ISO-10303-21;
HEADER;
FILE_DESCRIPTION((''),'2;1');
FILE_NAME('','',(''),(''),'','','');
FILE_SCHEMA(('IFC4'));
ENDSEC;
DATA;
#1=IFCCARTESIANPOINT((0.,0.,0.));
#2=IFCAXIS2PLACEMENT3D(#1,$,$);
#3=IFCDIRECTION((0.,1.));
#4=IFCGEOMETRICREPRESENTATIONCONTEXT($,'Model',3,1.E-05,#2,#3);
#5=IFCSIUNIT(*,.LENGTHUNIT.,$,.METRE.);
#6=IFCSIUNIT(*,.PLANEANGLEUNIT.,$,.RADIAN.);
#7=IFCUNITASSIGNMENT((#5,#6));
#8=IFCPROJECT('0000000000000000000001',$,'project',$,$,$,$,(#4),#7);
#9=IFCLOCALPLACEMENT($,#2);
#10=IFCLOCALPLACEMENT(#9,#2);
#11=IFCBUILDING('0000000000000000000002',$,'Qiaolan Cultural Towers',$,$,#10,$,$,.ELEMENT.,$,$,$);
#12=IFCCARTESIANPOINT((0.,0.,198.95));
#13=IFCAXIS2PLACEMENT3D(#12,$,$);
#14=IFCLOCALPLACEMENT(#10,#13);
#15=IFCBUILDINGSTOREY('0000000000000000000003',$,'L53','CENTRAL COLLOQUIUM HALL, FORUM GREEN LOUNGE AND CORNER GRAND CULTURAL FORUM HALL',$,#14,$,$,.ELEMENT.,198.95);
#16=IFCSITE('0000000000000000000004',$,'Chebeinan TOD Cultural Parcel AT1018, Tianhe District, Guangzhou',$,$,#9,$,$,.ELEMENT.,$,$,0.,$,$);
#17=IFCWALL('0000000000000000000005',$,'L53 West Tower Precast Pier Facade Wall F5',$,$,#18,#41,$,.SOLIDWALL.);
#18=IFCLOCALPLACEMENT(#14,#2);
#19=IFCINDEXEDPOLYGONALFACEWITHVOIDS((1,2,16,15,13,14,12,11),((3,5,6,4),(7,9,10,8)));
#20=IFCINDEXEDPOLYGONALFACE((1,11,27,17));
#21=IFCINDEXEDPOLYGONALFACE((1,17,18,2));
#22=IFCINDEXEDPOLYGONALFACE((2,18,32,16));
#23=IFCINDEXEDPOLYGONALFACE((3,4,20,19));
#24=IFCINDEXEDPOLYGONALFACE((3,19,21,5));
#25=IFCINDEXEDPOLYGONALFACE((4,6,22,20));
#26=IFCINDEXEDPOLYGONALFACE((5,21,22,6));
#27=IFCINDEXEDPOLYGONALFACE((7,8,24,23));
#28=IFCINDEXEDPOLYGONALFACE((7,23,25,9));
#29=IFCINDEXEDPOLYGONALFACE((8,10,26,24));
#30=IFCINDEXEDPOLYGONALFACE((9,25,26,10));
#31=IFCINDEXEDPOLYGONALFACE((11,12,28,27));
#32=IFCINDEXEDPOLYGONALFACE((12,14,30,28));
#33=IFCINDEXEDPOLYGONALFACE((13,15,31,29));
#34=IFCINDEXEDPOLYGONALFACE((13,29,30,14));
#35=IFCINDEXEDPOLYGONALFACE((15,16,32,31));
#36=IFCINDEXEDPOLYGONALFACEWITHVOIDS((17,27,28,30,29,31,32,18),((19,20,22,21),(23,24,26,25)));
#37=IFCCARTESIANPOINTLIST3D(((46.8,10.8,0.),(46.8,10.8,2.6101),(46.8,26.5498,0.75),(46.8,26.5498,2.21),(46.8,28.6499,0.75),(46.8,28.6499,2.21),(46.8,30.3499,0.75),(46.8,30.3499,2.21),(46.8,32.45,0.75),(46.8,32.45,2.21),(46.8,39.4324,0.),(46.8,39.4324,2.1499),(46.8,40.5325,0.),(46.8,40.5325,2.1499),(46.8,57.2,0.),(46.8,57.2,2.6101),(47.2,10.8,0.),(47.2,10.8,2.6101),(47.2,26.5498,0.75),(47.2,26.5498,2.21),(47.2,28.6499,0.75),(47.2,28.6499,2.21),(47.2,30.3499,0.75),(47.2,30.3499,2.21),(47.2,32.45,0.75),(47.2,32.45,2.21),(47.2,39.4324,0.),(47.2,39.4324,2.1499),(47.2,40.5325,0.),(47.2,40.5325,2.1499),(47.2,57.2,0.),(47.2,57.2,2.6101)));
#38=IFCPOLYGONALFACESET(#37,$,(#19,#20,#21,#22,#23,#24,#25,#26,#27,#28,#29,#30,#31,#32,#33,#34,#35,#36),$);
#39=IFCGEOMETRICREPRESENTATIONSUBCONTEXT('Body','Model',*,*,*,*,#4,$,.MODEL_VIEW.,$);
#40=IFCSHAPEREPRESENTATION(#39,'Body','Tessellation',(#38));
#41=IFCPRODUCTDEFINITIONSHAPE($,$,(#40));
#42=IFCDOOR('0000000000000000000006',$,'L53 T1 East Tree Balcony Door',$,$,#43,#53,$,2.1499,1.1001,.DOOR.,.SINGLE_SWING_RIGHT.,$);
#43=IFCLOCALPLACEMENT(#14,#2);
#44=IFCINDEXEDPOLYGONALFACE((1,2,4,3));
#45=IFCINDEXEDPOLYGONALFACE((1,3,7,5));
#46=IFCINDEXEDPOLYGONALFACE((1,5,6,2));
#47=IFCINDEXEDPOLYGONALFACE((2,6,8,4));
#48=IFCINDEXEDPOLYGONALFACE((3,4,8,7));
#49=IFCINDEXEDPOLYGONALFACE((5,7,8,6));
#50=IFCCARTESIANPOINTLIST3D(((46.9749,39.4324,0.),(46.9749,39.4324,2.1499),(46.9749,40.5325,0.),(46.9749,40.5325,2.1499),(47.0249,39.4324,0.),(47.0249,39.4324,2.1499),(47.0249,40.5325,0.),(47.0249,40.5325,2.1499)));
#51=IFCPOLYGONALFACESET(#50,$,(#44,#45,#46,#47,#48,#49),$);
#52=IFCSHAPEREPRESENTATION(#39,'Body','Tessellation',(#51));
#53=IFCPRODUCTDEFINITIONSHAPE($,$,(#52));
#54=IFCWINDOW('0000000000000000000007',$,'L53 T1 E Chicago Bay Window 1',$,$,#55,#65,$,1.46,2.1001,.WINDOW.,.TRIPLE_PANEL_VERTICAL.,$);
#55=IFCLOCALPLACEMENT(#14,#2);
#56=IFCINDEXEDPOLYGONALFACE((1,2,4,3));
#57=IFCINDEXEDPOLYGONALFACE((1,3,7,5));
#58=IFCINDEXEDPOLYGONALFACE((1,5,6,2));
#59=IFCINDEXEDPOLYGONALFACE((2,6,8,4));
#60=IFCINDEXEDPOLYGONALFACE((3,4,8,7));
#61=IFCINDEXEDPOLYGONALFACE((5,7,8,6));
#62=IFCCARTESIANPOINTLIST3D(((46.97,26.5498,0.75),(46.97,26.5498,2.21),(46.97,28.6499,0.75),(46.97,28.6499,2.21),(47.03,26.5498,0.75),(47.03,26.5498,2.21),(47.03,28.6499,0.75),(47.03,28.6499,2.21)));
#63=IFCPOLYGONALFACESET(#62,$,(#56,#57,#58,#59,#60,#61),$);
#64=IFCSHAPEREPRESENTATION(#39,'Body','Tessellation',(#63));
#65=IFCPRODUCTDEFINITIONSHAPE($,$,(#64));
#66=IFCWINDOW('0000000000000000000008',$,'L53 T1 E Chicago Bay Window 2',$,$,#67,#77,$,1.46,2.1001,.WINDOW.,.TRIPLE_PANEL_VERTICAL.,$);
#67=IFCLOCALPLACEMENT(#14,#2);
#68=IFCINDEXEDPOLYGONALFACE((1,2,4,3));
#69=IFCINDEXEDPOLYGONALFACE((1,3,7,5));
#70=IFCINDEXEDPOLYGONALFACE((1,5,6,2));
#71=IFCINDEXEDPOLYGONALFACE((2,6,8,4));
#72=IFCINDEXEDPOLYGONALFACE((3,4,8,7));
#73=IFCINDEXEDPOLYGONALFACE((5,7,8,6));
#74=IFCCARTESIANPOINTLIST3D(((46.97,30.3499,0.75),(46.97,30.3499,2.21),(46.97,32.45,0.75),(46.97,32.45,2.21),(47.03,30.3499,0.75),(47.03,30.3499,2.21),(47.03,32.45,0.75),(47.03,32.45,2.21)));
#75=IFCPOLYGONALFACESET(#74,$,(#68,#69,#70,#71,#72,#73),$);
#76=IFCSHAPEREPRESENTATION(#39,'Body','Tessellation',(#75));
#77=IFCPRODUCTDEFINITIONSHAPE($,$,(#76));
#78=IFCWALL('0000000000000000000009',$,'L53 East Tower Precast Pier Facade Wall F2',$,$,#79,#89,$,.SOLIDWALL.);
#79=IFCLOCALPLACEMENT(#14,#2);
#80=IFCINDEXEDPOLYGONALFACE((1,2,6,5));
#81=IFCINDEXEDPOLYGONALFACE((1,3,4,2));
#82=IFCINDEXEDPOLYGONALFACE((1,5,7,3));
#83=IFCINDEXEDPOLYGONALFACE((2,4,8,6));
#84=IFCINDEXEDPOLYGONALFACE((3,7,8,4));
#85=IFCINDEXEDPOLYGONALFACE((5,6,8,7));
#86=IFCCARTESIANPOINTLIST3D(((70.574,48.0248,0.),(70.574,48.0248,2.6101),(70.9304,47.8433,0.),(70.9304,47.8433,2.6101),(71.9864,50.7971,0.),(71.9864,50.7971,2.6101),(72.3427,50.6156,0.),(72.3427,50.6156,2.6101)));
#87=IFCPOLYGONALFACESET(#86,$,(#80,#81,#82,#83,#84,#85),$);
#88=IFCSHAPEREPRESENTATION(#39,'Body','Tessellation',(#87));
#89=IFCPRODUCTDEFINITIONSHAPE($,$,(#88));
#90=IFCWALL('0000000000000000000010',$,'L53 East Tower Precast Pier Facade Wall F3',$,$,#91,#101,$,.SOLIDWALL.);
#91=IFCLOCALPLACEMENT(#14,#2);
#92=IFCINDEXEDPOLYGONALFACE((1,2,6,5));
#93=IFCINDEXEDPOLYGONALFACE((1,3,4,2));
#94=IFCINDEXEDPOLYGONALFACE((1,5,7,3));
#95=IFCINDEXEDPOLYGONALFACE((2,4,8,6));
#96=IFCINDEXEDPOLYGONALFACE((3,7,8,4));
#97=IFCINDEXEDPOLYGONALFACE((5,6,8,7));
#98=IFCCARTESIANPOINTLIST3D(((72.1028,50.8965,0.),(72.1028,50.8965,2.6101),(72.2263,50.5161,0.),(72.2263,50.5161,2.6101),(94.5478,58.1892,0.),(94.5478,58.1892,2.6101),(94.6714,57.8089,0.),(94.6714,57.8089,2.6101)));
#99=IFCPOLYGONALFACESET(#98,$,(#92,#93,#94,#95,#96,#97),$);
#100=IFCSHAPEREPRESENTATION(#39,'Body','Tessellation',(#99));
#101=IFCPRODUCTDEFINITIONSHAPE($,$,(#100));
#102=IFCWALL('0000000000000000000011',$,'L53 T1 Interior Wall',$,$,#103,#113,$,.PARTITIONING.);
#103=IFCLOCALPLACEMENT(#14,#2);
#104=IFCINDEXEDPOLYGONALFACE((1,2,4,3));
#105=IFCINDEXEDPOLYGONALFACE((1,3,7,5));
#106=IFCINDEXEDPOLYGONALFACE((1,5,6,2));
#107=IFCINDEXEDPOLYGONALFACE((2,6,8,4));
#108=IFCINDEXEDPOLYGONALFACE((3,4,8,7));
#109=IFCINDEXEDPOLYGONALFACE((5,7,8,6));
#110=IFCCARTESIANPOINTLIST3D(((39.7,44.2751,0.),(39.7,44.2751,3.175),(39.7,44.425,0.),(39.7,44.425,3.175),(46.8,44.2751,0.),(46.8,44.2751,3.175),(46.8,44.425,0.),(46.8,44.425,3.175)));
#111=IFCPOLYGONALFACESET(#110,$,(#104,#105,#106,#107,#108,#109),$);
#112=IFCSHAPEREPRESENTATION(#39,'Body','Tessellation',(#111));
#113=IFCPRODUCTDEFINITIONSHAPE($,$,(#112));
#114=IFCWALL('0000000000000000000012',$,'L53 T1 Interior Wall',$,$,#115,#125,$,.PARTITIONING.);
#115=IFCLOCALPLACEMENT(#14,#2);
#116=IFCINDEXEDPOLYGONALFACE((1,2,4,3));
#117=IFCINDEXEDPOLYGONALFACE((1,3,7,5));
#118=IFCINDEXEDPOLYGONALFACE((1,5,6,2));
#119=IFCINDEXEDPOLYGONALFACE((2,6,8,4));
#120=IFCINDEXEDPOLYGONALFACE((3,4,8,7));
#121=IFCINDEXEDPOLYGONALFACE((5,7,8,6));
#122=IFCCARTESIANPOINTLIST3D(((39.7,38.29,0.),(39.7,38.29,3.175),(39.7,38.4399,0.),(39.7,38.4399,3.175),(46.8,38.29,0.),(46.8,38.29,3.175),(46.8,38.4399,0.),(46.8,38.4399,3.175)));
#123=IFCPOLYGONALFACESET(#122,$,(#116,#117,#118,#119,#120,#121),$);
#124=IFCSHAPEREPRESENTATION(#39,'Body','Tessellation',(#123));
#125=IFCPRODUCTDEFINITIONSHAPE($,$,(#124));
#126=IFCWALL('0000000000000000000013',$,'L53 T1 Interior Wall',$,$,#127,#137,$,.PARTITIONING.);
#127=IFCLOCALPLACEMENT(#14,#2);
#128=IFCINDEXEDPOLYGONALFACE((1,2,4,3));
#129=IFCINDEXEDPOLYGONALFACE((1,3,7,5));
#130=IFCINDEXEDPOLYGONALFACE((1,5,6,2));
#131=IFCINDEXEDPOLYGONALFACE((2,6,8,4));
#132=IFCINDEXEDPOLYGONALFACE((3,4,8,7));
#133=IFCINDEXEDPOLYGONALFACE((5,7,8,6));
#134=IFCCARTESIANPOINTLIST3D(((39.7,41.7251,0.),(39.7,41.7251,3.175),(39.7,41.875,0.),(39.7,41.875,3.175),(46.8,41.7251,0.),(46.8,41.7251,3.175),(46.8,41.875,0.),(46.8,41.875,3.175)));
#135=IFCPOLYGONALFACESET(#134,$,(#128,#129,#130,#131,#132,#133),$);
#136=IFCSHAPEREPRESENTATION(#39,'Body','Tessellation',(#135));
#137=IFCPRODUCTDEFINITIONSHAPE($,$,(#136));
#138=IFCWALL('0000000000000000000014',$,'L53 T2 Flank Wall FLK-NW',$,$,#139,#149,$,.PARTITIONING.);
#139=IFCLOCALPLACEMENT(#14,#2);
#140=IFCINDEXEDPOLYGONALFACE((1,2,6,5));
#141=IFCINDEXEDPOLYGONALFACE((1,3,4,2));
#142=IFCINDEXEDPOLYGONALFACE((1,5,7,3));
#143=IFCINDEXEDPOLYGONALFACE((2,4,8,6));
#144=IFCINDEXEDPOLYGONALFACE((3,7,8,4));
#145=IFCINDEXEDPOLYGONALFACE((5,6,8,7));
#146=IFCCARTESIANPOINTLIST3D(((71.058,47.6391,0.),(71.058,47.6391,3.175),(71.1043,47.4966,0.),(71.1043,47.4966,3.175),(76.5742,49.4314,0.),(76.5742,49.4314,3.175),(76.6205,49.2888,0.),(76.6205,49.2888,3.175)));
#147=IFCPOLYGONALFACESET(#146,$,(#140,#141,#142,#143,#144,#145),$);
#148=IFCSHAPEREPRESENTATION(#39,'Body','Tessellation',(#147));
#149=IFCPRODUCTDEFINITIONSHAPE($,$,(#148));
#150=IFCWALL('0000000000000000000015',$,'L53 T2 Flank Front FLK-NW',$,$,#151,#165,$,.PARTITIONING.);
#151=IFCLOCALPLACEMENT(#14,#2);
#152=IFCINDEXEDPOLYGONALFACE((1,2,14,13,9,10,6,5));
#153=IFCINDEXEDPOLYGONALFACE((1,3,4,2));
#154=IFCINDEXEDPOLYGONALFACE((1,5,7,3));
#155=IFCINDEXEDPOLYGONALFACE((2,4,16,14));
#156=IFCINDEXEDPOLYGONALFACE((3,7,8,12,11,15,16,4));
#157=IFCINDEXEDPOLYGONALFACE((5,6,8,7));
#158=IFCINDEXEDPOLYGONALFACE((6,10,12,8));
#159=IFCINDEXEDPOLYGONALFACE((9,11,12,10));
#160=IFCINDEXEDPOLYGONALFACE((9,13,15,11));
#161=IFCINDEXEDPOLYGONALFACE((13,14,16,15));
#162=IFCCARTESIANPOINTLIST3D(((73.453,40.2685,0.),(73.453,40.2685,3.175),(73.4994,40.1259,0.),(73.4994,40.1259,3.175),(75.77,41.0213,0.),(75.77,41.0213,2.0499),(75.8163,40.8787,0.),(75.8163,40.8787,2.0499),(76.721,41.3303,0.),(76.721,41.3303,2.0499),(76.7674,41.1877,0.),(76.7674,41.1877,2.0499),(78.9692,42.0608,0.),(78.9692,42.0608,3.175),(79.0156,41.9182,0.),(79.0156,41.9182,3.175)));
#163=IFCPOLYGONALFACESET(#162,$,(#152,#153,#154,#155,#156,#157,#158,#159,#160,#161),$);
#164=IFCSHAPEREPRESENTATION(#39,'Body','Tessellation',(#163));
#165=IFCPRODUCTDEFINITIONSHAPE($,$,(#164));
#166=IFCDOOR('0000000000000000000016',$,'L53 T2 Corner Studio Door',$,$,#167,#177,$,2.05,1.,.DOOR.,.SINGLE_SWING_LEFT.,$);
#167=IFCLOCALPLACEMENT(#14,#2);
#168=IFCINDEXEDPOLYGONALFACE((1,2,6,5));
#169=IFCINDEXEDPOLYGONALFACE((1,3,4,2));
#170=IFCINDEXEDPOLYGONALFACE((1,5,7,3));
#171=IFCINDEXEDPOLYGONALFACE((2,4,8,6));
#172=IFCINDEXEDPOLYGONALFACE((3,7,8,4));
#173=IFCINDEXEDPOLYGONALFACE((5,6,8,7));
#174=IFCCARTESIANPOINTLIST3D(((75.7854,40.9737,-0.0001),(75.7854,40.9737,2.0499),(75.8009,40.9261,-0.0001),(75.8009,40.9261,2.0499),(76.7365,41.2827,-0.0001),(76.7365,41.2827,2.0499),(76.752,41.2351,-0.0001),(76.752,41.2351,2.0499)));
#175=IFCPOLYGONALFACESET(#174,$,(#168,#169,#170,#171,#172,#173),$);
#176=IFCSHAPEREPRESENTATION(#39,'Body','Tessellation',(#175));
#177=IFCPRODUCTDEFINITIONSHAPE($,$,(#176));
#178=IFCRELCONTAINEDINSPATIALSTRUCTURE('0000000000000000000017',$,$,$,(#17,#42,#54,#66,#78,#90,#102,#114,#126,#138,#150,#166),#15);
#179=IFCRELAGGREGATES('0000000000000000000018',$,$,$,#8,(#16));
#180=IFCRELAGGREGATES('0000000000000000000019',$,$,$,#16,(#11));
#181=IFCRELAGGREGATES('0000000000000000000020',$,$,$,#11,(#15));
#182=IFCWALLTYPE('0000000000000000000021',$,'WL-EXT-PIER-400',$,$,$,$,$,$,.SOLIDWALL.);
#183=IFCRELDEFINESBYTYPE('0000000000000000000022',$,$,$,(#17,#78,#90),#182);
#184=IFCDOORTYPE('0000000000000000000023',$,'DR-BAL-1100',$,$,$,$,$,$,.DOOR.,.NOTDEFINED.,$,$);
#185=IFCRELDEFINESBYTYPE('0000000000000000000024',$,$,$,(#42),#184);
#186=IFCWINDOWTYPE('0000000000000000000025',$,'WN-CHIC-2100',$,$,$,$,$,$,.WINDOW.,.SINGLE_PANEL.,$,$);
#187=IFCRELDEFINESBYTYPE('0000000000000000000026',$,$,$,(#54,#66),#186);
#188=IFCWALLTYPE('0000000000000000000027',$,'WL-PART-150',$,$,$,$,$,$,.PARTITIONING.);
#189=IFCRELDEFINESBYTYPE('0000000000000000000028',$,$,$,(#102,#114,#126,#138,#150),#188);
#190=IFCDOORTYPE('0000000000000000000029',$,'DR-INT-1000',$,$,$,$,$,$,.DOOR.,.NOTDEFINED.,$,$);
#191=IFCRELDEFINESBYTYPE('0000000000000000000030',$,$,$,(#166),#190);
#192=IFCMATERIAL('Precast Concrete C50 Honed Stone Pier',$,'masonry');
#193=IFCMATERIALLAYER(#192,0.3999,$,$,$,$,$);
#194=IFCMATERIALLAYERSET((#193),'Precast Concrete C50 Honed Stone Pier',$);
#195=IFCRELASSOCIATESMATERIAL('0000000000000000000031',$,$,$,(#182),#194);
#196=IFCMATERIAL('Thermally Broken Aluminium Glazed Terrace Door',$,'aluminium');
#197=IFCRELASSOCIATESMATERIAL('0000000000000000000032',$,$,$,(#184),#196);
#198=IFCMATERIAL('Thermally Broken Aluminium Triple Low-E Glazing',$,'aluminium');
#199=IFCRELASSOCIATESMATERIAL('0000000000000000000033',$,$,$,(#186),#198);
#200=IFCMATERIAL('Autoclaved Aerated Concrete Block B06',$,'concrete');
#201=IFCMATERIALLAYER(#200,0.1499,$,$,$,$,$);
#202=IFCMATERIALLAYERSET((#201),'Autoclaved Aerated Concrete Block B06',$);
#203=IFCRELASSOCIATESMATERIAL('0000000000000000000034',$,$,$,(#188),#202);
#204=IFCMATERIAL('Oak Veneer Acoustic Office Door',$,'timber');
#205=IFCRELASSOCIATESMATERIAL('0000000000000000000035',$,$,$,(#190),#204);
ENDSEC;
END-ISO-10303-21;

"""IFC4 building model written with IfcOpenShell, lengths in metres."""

from ifc_helpers import new_model, si_unit, direction, frame, frame_2d, origin, place, context, subcontext, project, spatial, rectangle, extrude, material, layer, layer_set, type_object, element, fill, save


model = new_model("IFC4")

# Units and contexts
model_context = context("Model", 3, precision=1e-05, world=origin(), true_north=direction((0.0, 1.0)))
body_context = subcontext(model_context, "Body", "Model", "MODEL_VIEW")
ifc_project = project(units=[si_unit("LENGTHUNIT", "METRE"), si_unit("PLANEANGLEUNIT", "RADIAN")], contexts=[model_context])

# Site, building, storey
site_placement = place(None, origin())
site = spatial("IfcSite", under=ifc_project, at=site_placement, Name="Chebeinan TOD Cultural Parcel AT1018, Tianhe District, Guangzhou", CompositionType="ELEMENT", RefElevation=0.0)
building_placement = place(site_placement, origin())
building = spatial("IfcBuilding", under=site, at=building_placement, Name="Qiaolan Cultural Towers", CompositionType="ELEMENT")
storey_placement = place(building_placement, frame((0.0, 0.0, 198.95)))
storey = spatial("IfcBuildingStorey", under=building, at=storey_placement, Name="L53", Description="CENTRAL COLLOQUIUM HALL, FORUM GREEN LOUNGE AND CORNER GRAND CULTURAL FORUM HALL", CompositionType="ELEMENT", Elevation=198.95)

# Shared definitions
ifc_material_1 = material(Name="Precast Concrete C50 Honed Stone Pier", Category="masonry")
ifc_layer_1 = layer(ifc_material_1, 0.3999)
ifc_layer_set_1 = layer_set([ifc_layer_1], Name="Precast Concrete C50 Honed Stone Pier")
wall_type_1 = type_object("IfcWallType", Name="WL-EXT-PIER-400", PredefinedType="SOLIDWALL", material=ifc_layer_set_1)

# Wall, openings, door, windows
wall_1_placement = place(storey_placement, frame((47.0, 57.2, 0.0), z_axis=(0.0, 0.0, 1.0), x_axis=(0.0, -1.0, 0.0)))
wall_1 = element("IfcWall", 1, at=wall_1_placement, inside=storey, type_object=wall_type_1, Name="L53 West Tower Precast Pier Facade Wall F5", PredefinedType="SOLIDWALL", context=body_context, shape_type="SweptSolid", body=[
    extrude(rectangle(XDim=46.3999, YDim=0.3999, at=frame_2d((23.2, 0.0))), origin(), (0.0, 0.0, 1.0), 2.6101),
])
opening_1_placement = place(wall_1_placement, frame((28.55, 0.0, 0.75)))
opening_1 = element("IfcOpeningElement", 2, at=opening_1_placement, cuts=wall_1, PredefinedType="OPENING", context=body_context, shape_type="SweptSolid", body=[
    extrude(rectangle(XDim=2.1001, YDim=1.46, at=frame_2d((1.05, 0.73))), frame((0.0, 0.21, 0.0), z_axis=(0.0, -1.0, 0.0), x_axis=(1.0, 0.0, 0.0)), (0.0, 0.0, 1.0), 0.4199),
])
opening_2_placement = place(wall_1_placement, frame((24.75, 0.0, 0.75)))
opening_2 = element("IfcOpeningElement", 3, at=opening_2_placement, cuts=wall_1, PredefinedType="OPENING", context=body_context, shape_type="SweptSolid", body=[
    extrude(rectangle(XDim=2.1001, YDim=1.46, at=frame_2d((1.05, 0.73))), frame((0.0, 0.21, 0.0), z_axis=(0.0, -1.0, 0.0), x_axis=(1.0, 0.0, 0.0)), (0.0, 0.0, 1.0), 0.4199),
])
opening_3_placement = place(wall_1_placement, frame((16.6675, 0.0, 0.0)))
opening_3 = element("IfcOpeningElement", 4, at=opening_3_placement, cuts=wall_1, PredefinedType="OPENING", context=body_context, shape_type="SweptSolid", body=[
    extrude(rectangle(XDim=1.1001, YDim=2.1499, at=frame_2d((0.55, 1.075))), frame((0.0, 0.21, 0.0), z_axis=(0.0, -1.0, 0.0), x_axis=(1.0, 0.0, 0.0)), (0.0, 0.0, 1.0), 0.4199),
])
ifc_material_2 = material(Name="Thermally Broken Aluminium Glazed Terrace Door", Category="aluminium")
door_type_1 = type_object("IfcDoorType", Name="DR-BAL-1100", OperationType="NOTDEFINED", PredefinedType="DOOR", material=ifc_material_2)
door_1_placement = place(opening_3_placement, origin())
door_1 = element("IfcDoor", 5, at=door_1_placement, inside=storey, type_object=door_type_1, Name="L53 T1 East Tree Balcony Door", OperationType="SINGLE_SWING_RIGHT", OverallHeight=2.1499, OverallWidth=1.1001, PredefinedType="DOOR", context=body_context, shape_type="SweptSolid", body=[
    extrude(rectangle(XDim=1.1001, YDim=2.1499, at=frame_2d((0.55, 1.075))), frame((0.0, 0.0249, 0.0), z_axis=(0.0, -1.0, 0.0), x_axis=(1.0, 0.0, 0.0)), (0.0, 0.0, 1.0), 0.05),
])
fill(opening_3, door_1)
ifc_material_3 = material(Name="Thermally Broken Aluminium Triple Low-E Glazing", Category="aluminium")
window_type = type_object("IfcWindowType", Name="WN-CHIC-2100", PartitioningType="SINGLE_PANEL", PredefinedType="WINDOW", material=ifc_material_3)
window_1_placement = place(opening_1_placement, origin())
window_1 = element("IfcWindow", 6, at=window_1_placement, inside=storey, type_object=window_type, Name="L53 T1 E Chicago Bay Window 1", OverallHeight=1.46, OverallWidth=2.1001, PartitioningType="TRIPLE_PANEL_VERTICAL", PredefinedType="WINDOW", context=body_context, shape_type="SweptSolid", body=[
    extrude(rectangle(XDim=2.1001, YDim=1.46, at=frame_2d((1.05, 0.73))), frame((0.0, 0.03, 0.0), z_axis=(0.0, -1.0, 0.0), x_axis=(1.0, 0.0, 0.0)), (0.0, 0.0, 1.0), 0.0601),
])
fill(opening_1, window_1)
window_2_placement = place(opening_2_placement, origin())
window_2 = element("IfcWindow", 7, at=window_2_placement, inside=storey, type_object=window_type, Name="L53 T1 E Chicago Bay Window 2", OverallHeight=1.46, OverallWidth=2.1001, PartitioningType="TRIPLE_PANEL_VERTICAL", PredefinedType="WINDOW", context=body_context, shape_type="SweptSolid", body=[
    extrude(rectangle(XDim=2.1001, YDim=1.46, at=frame_2d((1.05, 0.73))), frame((0.0, 0.03, 0.0), z_axis=(0.0, -1.0, 0.0), x_axis=(1.0, 0.0, 0.0)), (0.0, 0.0, 1.0), 0.0601),
])
fill(opening_2, window_2)

# Walls
wall_2_placement = place(storey_placement, frame((70.7522, 47.9341, 0.0), z_axis=(0.0, 0.0, 1.0), x_axis=(0.453949, 0.891028, 0.0)))
element("IfcWall", 8, at=wall_2_placement, inside=storey, type_object=wall_type_1, Name="L53 East Tower Precast Pier Facade Wall F2", PredefinedType="SOLIDWALL", context=body_context, shape_type="SweptSolid", body=[
    extrude(rectangle(XDim=3.1113, YDim=0.3999, at=frame_2d((1.5557, 0.0))), origin(), (0.0, 0.0, 1.0), 2.6101),
])
wall_3_placement = place(storey_placement, frame((72.1646, 50.7063, 0.0), z_axis=(0.0, 0.0, 1.0), x_axis=(0.951058, 0.309012, 0.0)))
element("IfcWall", 9, at=wall_3_placement, inside=storey, type_object=wall_type_1, Name="L53 East Tower Precast Pier Facade Wall F3", PredefinedType="SOLIDWALL", context=body_context, shape_type="SweptSolid", body=[
    extrude(rectangle(XDim=23.6001, YDim=0.3999, at=frame_2d((11.8, 0.0))), origin(), (0.0, 0.0, 1.0), 2.6101),
])
ifc_material_4 = material(Name="Autoclaved Aerated Concrete Block B06", Category="concrete")
ifc_layer_2 = layer(ifc_material_4, 0.1499)
ifc_layer_set_2 = layer_set([ifc_layer_2], Name="Autoclaved Aerated Concrete Block B06")
wall_type_2 = type_object("IfcWallType", Name="WL-PART-150", PredefinedType="PARTITIONING", material=ifc_layer_set_2)
for number, where, z_axis, x_axis, name in (
    (10, (39.7, 44.3501, 0.0), (0.0, 0.0, 1.0), (1.0, 0.0, 0.0), "L53 T1 Interior Wall"),
    (11, (39.7, 38.365, 0.0), (0.0, 0.0, 1.0), (1.0, 0.0, 0.0), "L53 T1 Interior Wall"),
    (12, (39.7, 41.8, 0.0), (0.0, 0.0, 1.0), (1.0, 0.0, 0.0), "L53 T1 Interior Wall"),
):
    element("IfcWall", number, at=place(storey_placement, frame(where, z_axis=z_axis, x_axis=x_axis)), inside=storey, type_object=wall_type_2, Name=name, PredefinedType="PARTITIONING", context=body_context, shape_type="SweptSolid", body=[
        extrude(rectangle(XDim=7.1001, YDim=0.1499, at=frame_2d((3.55, 0.0))), origin(), (0.0, 0.0, 1.0), 3.175),
    ])
wall_4_placement = place(storey_placement, frame((71.0813, 47.5679, 0.0), z_axis=(0.0, 0.0, 1.0), x_axis=(0.951059, 0.309008, 0.0)))
element("IfcWall", 13, at=wall_4_placement, inside=storey, type_object=wall_type_2, Name="L53 T2 Flank Wall FLK-NW", PredefinedType="PARTITIONING", context=body_context, shape_type="SweptSolid", body=[
    extrude(rectangle(XDim=5.8, YDim=0.1499, at=frame_2d((2.8999, 0.0))), origin(), (0.0, 0.0, 1.0), 3.175),
])

# Wall, opening, door
wall_5_placement = place(storey_placement, frame((73.4763, 40.1973, 0.0), z_axis=(0.0, 0.0, 1.0), x_axis=(0.951059, 0.309008, 0.0)))
wall_5 = element("IfcWall", 14, at=wall_5_placement, inside=storey, type_object=wall_type_2, Name="L53 T2 Flank Front FLK-NW", PredefinedType="PARTITIONING", context=body_context, shape_type="SweptSolid", body=[
    extrude(rectangle(XDim=5.8, YDim=0.1499, at=frame_2d((2.8999, 0.0))), origin(), (0.0, 0.0, 1.0), 3.175),
])
opening_4_placement = place(wall_5_placement, frame((2.436, 0.0, 0.0)))
opening_4 = element("IfcOpeningElement", 15, at=opening_4_placement, cuts=wall_5, PredefinedType="OPENING", context=body_context, shape_type="SweptSolid", body=[
    extrude(rectangle(XDim=1.0, YDim=2.05, at=frame_2d((0.5, 1.0249))), frame((0.0, 0.085, 0.0), z_axis=(0.0, -1.0, 0.0), x_axis=(1.0, 0.0, 0.0)), (0.0, 0.0, 1.0), 0.1699),
])
ifc_material_5 = material(Name="Oak Veneer Acoustic Office Door", Category="timber")
door_type_2 = type_object("IfcDoorType", Name="DR-INT-1000", OperationType="NOTDEFINED", PredefinedType="DOOR", material=ifc_material_5)
door_2_placement = place(opening_4_placement, origin())
door_2 = element("IfcDoor", 16, at=door_2_placement, inside=storey, type_object=door_type_2, Name="L53 T2 Corner Studio Door", OperationType="SINGLE_SWING_LEFT", OverallHeight=2.05, OverallWidth=1.0, PredefinedType="DOOR", context=body_context, shape_type="SweptSolid", body=[
    extrude(rectangle(XDim=1.0, YDim=2.05, at=frame_2d((0.5, 1.0249))), frame((0.0, 0.0249, 0.0), z_axis=(0.0, -1.0, 0.0), x_axis=(1.0, 0.0, 0.0)), (0.0, 0.0, 1.0), 0.05),
])
fill(opening_4, door_2)

save(model, "model.ifc")
